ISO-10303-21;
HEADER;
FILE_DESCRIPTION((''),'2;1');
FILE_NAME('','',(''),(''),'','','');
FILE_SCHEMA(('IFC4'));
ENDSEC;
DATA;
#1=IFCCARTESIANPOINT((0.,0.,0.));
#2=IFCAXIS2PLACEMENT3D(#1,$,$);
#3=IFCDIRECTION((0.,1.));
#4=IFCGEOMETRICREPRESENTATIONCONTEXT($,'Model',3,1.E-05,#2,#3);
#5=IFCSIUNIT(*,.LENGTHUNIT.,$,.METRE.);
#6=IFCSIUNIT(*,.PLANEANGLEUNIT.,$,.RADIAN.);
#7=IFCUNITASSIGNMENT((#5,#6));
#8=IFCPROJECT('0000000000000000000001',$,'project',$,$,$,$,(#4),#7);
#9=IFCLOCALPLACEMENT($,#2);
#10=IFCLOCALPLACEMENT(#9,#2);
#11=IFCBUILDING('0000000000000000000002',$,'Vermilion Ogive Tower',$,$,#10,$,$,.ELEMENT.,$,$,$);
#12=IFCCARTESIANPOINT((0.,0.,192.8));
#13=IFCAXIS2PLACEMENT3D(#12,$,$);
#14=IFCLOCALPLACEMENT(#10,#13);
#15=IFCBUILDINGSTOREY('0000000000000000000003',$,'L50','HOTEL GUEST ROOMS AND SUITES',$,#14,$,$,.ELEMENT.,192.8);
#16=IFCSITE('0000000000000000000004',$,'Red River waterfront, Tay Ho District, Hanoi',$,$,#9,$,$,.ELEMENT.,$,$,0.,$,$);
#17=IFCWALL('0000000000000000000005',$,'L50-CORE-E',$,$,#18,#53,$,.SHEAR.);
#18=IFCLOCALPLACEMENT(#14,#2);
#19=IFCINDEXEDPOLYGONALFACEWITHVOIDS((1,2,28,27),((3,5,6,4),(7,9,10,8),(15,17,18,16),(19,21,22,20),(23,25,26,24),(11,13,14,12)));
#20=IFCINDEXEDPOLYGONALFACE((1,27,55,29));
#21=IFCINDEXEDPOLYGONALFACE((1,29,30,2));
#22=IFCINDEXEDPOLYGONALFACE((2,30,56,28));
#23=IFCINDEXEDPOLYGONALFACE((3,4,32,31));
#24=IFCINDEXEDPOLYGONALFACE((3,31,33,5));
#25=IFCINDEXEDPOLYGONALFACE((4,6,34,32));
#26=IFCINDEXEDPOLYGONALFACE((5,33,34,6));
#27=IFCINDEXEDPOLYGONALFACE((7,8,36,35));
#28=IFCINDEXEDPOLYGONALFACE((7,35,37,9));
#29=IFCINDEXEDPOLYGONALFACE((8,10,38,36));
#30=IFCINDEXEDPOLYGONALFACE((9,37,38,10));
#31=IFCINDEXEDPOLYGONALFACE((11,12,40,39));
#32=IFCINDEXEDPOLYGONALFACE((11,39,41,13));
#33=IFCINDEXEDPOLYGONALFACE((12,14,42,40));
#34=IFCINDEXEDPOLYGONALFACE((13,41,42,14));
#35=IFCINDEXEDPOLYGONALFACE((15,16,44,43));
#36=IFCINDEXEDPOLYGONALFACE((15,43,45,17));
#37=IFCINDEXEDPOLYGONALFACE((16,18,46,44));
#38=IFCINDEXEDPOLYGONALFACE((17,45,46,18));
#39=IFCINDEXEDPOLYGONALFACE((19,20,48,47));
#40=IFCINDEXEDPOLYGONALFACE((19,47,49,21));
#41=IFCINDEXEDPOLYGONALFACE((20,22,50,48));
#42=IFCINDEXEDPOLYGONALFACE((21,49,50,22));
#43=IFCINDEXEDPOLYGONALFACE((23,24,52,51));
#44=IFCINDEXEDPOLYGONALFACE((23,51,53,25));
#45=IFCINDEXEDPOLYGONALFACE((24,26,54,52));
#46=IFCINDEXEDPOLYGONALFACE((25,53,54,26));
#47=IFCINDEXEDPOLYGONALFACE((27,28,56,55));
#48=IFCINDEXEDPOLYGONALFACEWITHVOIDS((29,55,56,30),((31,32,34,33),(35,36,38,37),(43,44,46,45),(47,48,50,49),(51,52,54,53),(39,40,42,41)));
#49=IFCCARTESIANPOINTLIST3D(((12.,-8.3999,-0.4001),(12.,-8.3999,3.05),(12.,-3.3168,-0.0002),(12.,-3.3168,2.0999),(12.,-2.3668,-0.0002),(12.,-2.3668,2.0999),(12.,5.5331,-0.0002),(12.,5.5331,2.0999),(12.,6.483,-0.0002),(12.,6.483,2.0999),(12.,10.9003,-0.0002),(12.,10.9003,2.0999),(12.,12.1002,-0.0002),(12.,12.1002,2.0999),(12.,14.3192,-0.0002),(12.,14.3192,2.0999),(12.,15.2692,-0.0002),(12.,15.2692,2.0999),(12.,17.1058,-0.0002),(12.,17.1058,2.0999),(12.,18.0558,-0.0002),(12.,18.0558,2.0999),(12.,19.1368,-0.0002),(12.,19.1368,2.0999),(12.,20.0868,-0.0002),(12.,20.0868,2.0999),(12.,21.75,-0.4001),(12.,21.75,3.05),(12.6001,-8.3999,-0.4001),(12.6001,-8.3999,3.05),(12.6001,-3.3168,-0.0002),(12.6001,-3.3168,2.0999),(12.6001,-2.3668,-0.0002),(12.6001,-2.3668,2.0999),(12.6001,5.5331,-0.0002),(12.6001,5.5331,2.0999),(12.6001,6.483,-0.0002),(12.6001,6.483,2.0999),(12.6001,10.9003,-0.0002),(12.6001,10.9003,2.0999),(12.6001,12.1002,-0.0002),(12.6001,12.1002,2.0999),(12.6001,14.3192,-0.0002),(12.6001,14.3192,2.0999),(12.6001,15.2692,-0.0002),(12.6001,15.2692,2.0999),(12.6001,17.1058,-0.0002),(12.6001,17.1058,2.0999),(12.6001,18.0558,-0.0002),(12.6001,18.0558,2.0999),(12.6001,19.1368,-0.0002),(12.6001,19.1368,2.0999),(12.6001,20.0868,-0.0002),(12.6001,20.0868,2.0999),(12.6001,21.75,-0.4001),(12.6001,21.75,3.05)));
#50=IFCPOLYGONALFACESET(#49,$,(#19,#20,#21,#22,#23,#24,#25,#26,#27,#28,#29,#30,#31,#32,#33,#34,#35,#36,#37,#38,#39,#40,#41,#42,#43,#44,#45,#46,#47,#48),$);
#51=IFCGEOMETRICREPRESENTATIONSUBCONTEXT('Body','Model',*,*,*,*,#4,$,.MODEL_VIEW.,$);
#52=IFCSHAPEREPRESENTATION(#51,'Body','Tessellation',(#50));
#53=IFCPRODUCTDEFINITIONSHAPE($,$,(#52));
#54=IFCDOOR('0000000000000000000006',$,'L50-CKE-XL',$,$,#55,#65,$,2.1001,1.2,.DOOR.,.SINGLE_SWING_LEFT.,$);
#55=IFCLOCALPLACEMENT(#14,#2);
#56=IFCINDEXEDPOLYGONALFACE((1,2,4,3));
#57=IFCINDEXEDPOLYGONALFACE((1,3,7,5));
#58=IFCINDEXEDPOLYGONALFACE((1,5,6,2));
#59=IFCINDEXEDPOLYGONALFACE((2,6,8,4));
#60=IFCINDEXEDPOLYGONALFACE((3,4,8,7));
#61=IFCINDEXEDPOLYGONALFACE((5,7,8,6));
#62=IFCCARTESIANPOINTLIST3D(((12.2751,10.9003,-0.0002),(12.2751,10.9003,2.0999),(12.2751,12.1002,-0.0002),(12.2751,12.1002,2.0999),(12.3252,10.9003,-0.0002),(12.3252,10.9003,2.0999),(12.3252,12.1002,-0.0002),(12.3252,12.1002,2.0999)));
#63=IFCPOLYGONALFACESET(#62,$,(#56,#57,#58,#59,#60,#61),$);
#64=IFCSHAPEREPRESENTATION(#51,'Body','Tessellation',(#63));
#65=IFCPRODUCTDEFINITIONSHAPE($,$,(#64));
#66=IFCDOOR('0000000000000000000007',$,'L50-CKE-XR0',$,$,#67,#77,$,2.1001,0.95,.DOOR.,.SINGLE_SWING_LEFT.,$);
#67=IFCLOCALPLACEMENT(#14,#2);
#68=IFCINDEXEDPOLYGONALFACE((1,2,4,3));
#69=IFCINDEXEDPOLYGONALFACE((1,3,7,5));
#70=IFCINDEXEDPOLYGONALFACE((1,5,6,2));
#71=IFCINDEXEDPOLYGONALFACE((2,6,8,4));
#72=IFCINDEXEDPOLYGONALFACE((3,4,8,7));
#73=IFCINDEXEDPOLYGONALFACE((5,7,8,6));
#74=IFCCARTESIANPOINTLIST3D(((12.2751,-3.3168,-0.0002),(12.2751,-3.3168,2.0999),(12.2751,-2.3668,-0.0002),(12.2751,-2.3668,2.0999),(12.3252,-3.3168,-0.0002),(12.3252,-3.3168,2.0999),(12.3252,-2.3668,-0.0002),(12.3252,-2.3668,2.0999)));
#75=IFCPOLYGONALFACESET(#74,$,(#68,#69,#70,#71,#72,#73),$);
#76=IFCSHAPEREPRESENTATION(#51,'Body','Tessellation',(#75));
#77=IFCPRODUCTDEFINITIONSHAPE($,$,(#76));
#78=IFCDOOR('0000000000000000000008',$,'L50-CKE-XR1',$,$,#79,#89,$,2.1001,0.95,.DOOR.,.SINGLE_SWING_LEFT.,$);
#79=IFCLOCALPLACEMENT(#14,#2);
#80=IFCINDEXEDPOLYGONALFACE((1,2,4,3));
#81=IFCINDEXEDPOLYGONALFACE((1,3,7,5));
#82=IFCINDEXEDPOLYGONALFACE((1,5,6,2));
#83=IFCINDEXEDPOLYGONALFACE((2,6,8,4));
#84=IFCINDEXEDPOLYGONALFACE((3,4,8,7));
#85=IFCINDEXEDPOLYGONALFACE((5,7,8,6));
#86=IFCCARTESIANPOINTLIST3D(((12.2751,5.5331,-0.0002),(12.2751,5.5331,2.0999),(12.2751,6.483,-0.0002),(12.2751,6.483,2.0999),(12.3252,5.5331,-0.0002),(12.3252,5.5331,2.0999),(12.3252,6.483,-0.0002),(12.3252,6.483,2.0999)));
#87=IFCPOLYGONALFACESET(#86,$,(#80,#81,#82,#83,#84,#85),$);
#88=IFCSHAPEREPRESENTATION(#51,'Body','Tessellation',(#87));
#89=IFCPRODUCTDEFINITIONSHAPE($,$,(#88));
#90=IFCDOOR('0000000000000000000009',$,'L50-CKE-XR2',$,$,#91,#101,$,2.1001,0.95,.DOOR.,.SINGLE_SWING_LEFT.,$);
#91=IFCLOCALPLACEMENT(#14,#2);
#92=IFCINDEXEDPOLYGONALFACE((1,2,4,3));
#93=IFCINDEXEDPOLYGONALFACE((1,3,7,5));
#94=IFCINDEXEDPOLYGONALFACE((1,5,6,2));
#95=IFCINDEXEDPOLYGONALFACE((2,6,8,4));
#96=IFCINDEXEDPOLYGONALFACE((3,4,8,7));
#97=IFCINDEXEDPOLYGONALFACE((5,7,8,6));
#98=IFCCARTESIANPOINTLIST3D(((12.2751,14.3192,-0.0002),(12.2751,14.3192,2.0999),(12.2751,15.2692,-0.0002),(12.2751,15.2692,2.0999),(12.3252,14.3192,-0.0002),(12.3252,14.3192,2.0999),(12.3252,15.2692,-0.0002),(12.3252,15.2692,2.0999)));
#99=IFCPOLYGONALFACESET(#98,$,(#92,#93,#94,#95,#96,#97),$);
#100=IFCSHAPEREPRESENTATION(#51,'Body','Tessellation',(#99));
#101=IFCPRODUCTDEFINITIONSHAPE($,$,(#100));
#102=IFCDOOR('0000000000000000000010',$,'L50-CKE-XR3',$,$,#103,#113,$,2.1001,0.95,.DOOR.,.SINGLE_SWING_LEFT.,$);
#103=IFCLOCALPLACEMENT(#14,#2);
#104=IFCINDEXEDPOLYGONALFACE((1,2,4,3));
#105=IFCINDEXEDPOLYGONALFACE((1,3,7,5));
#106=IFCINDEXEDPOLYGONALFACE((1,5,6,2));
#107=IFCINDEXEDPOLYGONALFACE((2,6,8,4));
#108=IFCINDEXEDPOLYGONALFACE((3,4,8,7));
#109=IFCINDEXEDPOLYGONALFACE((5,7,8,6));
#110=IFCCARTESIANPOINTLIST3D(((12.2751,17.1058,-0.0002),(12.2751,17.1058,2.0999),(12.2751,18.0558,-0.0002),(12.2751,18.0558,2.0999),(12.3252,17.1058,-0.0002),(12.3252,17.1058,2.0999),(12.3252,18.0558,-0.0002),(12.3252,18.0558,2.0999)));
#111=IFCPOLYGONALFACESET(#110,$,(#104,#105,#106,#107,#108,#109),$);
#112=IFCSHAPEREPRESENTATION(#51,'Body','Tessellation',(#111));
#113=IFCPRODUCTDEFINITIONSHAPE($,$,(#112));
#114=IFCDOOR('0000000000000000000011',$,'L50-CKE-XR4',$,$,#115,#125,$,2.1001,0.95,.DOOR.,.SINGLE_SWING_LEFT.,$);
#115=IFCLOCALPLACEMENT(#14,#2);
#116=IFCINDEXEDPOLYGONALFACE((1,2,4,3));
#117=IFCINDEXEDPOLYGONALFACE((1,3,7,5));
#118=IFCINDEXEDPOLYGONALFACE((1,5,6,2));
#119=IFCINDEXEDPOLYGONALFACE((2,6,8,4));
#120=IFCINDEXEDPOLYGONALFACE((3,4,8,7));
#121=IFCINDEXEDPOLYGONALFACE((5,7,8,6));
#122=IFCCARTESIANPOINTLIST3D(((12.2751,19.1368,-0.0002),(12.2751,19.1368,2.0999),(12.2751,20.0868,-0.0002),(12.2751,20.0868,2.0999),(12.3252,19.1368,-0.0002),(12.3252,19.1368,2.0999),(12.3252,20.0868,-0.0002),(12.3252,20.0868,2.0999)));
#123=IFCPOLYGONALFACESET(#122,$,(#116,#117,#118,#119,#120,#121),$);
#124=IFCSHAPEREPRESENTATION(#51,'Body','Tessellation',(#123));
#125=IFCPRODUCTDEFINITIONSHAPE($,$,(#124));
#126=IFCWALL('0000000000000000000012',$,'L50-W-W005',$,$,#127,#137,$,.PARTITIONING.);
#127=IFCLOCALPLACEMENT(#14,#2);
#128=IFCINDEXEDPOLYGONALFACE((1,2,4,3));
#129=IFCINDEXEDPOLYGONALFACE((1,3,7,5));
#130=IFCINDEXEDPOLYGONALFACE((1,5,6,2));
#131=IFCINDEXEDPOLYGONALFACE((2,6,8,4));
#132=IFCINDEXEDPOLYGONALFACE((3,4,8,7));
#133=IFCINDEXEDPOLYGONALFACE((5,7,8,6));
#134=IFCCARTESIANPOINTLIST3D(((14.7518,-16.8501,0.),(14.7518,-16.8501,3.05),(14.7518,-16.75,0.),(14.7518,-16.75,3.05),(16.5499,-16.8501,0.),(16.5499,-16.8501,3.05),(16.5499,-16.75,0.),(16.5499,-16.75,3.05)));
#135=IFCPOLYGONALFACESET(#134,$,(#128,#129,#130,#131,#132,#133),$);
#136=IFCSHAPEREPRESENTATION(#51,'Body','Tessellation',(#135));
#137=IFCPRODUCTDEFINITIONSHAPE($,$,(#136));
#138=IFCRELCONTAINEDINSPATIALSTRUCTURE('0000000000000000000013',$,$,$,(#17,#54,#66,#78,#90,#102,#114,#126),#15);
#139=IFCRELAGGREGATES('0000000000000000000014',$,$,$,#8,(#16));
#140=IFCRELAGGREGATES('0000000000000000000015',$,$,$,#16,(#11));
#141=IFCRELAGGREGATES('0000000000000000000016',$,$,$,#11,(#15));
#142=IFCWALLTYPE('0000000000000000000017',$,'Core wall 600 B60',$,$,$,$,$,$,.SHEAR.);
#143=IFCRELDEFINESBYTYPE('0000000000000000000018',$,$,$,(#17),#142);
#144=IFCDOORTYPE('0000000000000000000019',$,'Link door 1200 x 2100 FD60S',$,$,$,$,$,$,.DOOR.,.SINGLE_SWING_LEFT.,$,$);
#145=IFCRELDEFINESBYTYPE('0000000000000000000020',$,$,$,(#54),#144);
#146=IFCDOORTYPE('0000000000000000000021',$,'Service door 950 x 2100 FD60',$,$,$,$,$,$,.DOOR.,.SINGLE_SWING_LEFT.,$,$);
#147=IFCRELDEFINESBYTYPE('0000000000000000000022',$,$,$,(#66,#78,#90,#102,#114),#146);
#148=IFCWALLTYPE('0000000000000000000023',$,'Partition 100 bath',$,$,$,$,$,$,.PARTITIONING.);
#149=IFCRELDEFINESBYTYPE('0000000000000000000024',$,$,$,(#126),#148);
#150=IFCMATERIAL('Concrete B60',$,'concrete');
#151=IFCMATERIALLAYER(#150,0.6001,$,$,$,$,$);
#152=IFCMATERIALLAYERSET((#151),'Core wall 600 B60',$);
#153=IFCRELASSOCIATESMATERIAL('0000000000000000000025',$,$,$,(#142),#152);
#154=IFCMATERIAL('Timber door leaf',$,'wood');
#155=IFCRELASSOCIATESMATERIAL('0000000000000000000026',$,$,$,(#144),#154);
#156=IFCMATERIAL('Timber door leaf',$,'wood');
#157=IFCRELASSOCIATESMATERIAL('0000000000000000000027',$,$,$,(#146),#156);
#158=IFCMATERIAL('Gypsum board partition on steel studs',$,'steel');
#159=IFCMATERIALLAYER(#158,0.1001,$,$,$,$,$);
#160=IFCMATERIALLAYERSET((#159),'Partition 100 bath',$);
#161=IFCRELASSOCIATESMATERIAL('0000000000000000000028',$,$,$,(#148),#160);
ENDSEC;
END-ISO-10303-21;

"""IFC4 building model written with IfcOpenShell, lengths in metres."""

from ifc_helpers import new_model, si_unit, direction, frame, frame_2d, origin, place, context, subcontext, project, spatial, rectangle, extrude, material, layer, layer_set, type_object, element, fill, save


model = new_model("IFC4")

# Units and contexts
model_context = context("Model", 3, precision=1e-05, world=origin(), true_north=direction((0.0, 1.0)))
body_context = subcontext(model_context, "Body", "Model", "MODEL_VIEW")
ifc_project = project(units=[si_unit("LENGTHUNIT", "METRE"), si_unit("PLANEANGLEUNIT", "RADIAN")], contexts=[model_context])

# Site, building, storey
site_placement = place(None, origin())
site = spatial("IfcSite", under=ifc_project, at=site_placement, Name="Red River waterfront, Tay Ho District, Hanoi", CompositionType="ELEMENT", RefElevation=0.0)
building_placement = place(site_placement, origin())
building = spatial("IfcBuilding", under=site, at=building_placement, Name="Vermilion Ogive Tower", CompositionType="ELEMENT")
storey_placement = place(building_placement, frame((0.0, 0.0, 192.8)))
storey = spatial("IfcBuildingStorey", under=building, at=storey_placement, Name="L50", Description="HOTEL GUEST ROOMS AND SUITES", CompositionType="ELEMENT", Elevation=192.8)

# Wall, openings, doors
ifc_material_1 = material(Name="Concrete B60", Category="concrete")
ifc_layer_1 = layer(ifc_material_1, 0.6001)
ifc_layer_set_1 = layer_set([ifc_layer_1], Name="Core wall 600 B60")
wall_type_1 = type_object("IfcWallType", Name="Core wall 600 B60", PredefinedType="SHEAR", material=ifc_layer_set_1)
wall_1_placement = place(storey_placement, frame((12.3, -8.3999, -0.4001), z_axis=(0.0, 0.0, 1.0), x_axis=(0.0, 1.0, 0.0)))
wall_1 = element("IfcWall", 1, at=wall_1_placement, inside=storey, type_object=wall_type_1, Name="L50-CORE-E", PredefinedType="SHEAR", context=body_context, shape_type="SweptSolid", body=[
    extrude(rectangle(XDim=30.1499, YDim=0.6001, at=frame_2d((15.075, 0.0))), origin(), (0.0, 0.0, 1.0), 3.4502),
])
opening_1_placement = place(wall_1_placement, frame((5.083, 0.0, 0.3999)))
opening_1 = element("IfcOpeningElement", 2, at=opening_1_placement, cuts=wall_1, PredefinedType="OPENING", context=body_context, shape_type="SweptSolid", body=[
    extrude(rectangle(XDim=0.95, YDim=2.1001, at=frame_2d((0.4751, 1.05))), frame((0.0, 0.3101, 0.0), z_axis=(0.0, -1.0, 0.0), x_axis=(1.0, 0.0, 0.0)), (0.0, 0.0, 1.0), 0.6201),
])
opening_2_placement = place(wall_1_placement, frame((13.9329, 0.0, 0.3999)))
opening_2 = element("IfcOpeningElement", 3, at=opening_2_placement, cuts=wall_1, PredefinedType="OPENING", context=body_context, shape_type="SweptSolid", body=[
    extrude(rectangle(XDim=0.95, YDim=2.1001, at=frame_2d((0.4751, 1.05))), frame((0.0, 0.3101, 0.0), z_axis=(0.0, -1.0, 0.0), x_axis=(1.0, 0.0, 0.0)), (0.0, 0.0, 1.0), 0.6201),
])
opening_3_placement = place(wall_1_placement, frame((22.719, 0.0, 0.3999)))
opening_3 = element("IfcOpeningElement", 4, at=opening_3_placement, cuts=wall_1, PredefinedType="OPENING", context=body_context, shape_type="SweptSolid", body=[
    extrude(rectangle(XDim=0.95, YDim=2.1001, at=frame_2d((0.4751, 1.05))), frame((0.0, 0.3101, 0.0), z_axis=(0.0, -1.0, 0.0), x_axis=(1.0, 0.0, 0.0)), (0.0, 0.0, 1.0), 0.6201),
])
opening_4_placement = place(wall_1_placement, frame((25.5056, 0.0, 0.3999)))
opening_4 = element("IfcOpeningElement", 5, at=opening_4_placement, cuts=wall_1, PredefinedType="OPENING", context=body_context, shape_type="SweptSolid", body=[
    extrude(rectangle(XDim=0.95, YDim=2.1001, at=frame_2d((0.4751, 1.05))), frame((0.0, 0.3101, 0.0), z_axis=(0.0, -1.0, 0.0), x_axis=(1.0, 0.0, 0.0)), (0.0, 0.0, 1.0), 0.6201),
])
opening_5_placement = place(wall_1_placement, frame((27.5366, 0.0, 0.3999)))
opening_5 = element("IfcOpeningElement", 6, at=opening_5_placement, cuts=wall_1, PredefinedType="OPENING", context=body_context, shape_type="SweptSolid", body=[
    extrude(rectangle(XDim=0.95, YDim=2.1001, at=frame_2d((0.4751, 1.05))), frame((0.0, 0.3101, 0.0), z_axis=(0.0, -1.0, 0.0), x_axis=(1.0, 0.0, 0.0)), (0.0, 0.0, 1.0), 0.6201),
])
opening_6_placement = place(wall_1_placement, frame((19.3, 0.0, 0.3999)))
opening_6 = element("IfcOpeningElement", 7, at=opening_6_placement, cuts=wall_1, PredefinedType="OPENING", context=body_context, shape_type="SweptSolid", body=[
    extrude(rectangle(XDim=1.2, YDim=2.1001, at=frame_2d((0.6001, 1.05))), frame((0.0, 0.3101, 0.0), z_axis=(0.0, -1.0, 0.0), x_axis=(1.0, 0.0, 0.0)), (0.0, 0.0, 1.0), 0.6201),
])
ifc_material_2 = material(Name="Timber door leaf", Category="wood")
door_type_1 = type_object("IfcDoorType", Name="Link door 1200 x 2100 FD60S", OperationType="SINGLE_SWING_LEFT", PredefinedType="DOOR", material=ifc_material_2)
door_1_placement = place(opening_6_placement, origin())
door_1 = element("IfcDoor", 8, at=door_1_placement, inside=storey, type_object=door_type_1, Name="L50-CKE-XL", OperationType="SINGLE_SWING_LEFT", OverallHeight=2.1001, OverallWidth=1.2, PredefinedType="DOOR", context=body_context, shape_type="SweptSolid", body=[
    extrude(rectangle(XDim=1.2, YDim=2.1001, at=frame_2d((0.6001, 1.05))), frame((0.0, 0.0249, 0.0), z_axis=(0.0, -1.0, 0.0), x_axis=(1.0, 0.0, 0.0)), (0.0, 0.0, 1.0), 0.05),
])
fill(opening_6, door_1)
ifc_material_3 = material(Name="Timber door leaf", Category="wood")
door_type_2 = type_object("IfcDoorType", Name="Service door 950 x 2100 FD60", OperationType="SINGLE_SWING_LEFT", PredefinedType="DOOR", material=ifc_material_3)
door_2_placement = place(opening_1_placement, origin())
door_2 = element("IfcDoor", 9, at=door_2_placement, inside=storey, type_object=door_type_2, Name="L50-CKE-XR0", OperationType="SINGLE_SWING_LEFT", OverallHeight=2.1001, OverallWidth=0.95, PredefinedType="DOOR", context=body_context, shape_type="SweptSolid", body=[
    extrude(rectangle(XDim=0.95, YDim=2.1001, at=frame_2d((0.4751, 1.05))), frame((0.0, 0.0249, 0.0), z_axis=(0.0, -1.0, 0.0), x_axis=(1.0, 0.0, 0.0)), (0.0, 0.0, 1.0), 0.05),
])
fill(opening_1, door_2)
door_3_placement = place(opening_2_placement, origin())
door_3 = element("IfcDoor", 10, at=door_3_placement, inside=storey, type_object=door_type_2, Name="L50-CKE-XR1", OperationType="SINGLE_SWING_LEFT", OverallHeight=2.1001, OverallWidth=0.95, PredefinedType="DOOR", context=body_context, shape_type="SweptSolid", body=[
    extrude(rectangle(XDim=0.95, YDim=2.1001, at=frame_2d((0.4751, 1.05))), frame((0.0, 0.0249, 0.0), z_axis=(0.0, -1.0, 0.0), x_axis=(1.0, 0.0, 0.0)), (0.0, 0.0, 1.0), 0.05),
])
fill(opening_2, door_3)
door_4_placement = place(opening_3_placement, origin())
door_4 = element("IfcDoor", 11, at=door_4_placement, inside=storey, type_object=door_type_2, Name="L50-CKE-XR2", OperationType="SINGLE_SWING_LEFT", OverallHeight=2.1001, OverallWidth=0.95, PredefinedType="DOOR", context=body_context, shape_type="SweptSolid", body=[
    extrude(rectangle(XDim=0.95, YDim=2.1001, at=frame_2d((0.4751, 1.05))), frame((0.0, 0.0249, 0.0), z_axis=(0.0, -1.0, 0.0), x_axis=(1.0, 0.0, 0.0)), (0.0, 0.0, 1.0), 0.05),
])
fill(opening_3, door_4)
door_5_placement = place(opening_4_placement, origin())
door_5 = element("IfcDoor", 12, at=door_5_placement, inside=storey, type_object=door_type_2, Name="L50-CKE-XR3", OperationType="SINGLE_SWING_LEFT", OverallHeight=2.1001, OverallWidth=0.95, PredefinedType="DOOR", context=body_context, shape_type="SweptSolid", body=[
    extrude(rectangle(XDim=0.95, YDim=2.1001, at=frame_2d((0.4751, 1.05))), frame((0.0, 0.0249, 0.0), z_axis=(0.0, -1.0, 0.0), x_axis=(1.0, 0.0, 0.0)), (0.0, 0.0, 1.0), 0.05),
])
fill(opening_4, door_5)
door_6_placement = place(opening_5_placement, origin())
door_6 = element("IfcDoor", 13, at=door_6_placement, inside=storey, type_object=door_type_2, Name="L50-CKE-XR4", OperationType="SINGLE_SWING_LEFT", OverallHeight=2.1001, OverallWidth=0.95, PredefinedType="DOOR", context=body_context, shape_type="SweptSolid", body=[
    extrude(rectangle(XDim=0.95, YDim=2.1001, at=frame_2d((0.4751, 1.05))), frame((0.0, 0.0249, 0.0), z_axis=(0.0, -1.0, 0.0), x_axis=(1.0, 0.0, 0.0)), (0.0, 0.0, 1.0), 0.05),
])
fill(opening_5, door_6)

# Wall
ifc_material_4 = material(Name="Gypsum board partition on steel studs", Category="steel")
ifc_layer_2 = layer(ifc_material_4, 0.1001)
ifc_layer_set_2 = layer_set([ifc_layer_2], Name="Partition 100 bath")
wall_type_2 = type_object("IfcWallType", Name="Partition 100 bath", PredefinedType="PARTITIONING", material=ifc_layer_set_2)
wall_2_placement = place(storey_placement, frame((14.752, -16.8, 0.0), z_axis=(0.0, 0.0, 1.0), x_axis=(1.0, 0.0, 0.0)))
element("IfcWall", 14, at=wall_2_placement, inside=storey, type_object=wall_type_2, Name="L50-W-W005", PredefinedType="PARTITIONING", context=body_context, shape_type="SweptSolid", body=[
    extrude(rectangle(XDim=1.7981, YDim=0.1001, at=frame_2d((0.8989, 0.0))), origin(), (0.0, 0.0, 1.0), 3.05),
])

save(model, "model.ifc")
